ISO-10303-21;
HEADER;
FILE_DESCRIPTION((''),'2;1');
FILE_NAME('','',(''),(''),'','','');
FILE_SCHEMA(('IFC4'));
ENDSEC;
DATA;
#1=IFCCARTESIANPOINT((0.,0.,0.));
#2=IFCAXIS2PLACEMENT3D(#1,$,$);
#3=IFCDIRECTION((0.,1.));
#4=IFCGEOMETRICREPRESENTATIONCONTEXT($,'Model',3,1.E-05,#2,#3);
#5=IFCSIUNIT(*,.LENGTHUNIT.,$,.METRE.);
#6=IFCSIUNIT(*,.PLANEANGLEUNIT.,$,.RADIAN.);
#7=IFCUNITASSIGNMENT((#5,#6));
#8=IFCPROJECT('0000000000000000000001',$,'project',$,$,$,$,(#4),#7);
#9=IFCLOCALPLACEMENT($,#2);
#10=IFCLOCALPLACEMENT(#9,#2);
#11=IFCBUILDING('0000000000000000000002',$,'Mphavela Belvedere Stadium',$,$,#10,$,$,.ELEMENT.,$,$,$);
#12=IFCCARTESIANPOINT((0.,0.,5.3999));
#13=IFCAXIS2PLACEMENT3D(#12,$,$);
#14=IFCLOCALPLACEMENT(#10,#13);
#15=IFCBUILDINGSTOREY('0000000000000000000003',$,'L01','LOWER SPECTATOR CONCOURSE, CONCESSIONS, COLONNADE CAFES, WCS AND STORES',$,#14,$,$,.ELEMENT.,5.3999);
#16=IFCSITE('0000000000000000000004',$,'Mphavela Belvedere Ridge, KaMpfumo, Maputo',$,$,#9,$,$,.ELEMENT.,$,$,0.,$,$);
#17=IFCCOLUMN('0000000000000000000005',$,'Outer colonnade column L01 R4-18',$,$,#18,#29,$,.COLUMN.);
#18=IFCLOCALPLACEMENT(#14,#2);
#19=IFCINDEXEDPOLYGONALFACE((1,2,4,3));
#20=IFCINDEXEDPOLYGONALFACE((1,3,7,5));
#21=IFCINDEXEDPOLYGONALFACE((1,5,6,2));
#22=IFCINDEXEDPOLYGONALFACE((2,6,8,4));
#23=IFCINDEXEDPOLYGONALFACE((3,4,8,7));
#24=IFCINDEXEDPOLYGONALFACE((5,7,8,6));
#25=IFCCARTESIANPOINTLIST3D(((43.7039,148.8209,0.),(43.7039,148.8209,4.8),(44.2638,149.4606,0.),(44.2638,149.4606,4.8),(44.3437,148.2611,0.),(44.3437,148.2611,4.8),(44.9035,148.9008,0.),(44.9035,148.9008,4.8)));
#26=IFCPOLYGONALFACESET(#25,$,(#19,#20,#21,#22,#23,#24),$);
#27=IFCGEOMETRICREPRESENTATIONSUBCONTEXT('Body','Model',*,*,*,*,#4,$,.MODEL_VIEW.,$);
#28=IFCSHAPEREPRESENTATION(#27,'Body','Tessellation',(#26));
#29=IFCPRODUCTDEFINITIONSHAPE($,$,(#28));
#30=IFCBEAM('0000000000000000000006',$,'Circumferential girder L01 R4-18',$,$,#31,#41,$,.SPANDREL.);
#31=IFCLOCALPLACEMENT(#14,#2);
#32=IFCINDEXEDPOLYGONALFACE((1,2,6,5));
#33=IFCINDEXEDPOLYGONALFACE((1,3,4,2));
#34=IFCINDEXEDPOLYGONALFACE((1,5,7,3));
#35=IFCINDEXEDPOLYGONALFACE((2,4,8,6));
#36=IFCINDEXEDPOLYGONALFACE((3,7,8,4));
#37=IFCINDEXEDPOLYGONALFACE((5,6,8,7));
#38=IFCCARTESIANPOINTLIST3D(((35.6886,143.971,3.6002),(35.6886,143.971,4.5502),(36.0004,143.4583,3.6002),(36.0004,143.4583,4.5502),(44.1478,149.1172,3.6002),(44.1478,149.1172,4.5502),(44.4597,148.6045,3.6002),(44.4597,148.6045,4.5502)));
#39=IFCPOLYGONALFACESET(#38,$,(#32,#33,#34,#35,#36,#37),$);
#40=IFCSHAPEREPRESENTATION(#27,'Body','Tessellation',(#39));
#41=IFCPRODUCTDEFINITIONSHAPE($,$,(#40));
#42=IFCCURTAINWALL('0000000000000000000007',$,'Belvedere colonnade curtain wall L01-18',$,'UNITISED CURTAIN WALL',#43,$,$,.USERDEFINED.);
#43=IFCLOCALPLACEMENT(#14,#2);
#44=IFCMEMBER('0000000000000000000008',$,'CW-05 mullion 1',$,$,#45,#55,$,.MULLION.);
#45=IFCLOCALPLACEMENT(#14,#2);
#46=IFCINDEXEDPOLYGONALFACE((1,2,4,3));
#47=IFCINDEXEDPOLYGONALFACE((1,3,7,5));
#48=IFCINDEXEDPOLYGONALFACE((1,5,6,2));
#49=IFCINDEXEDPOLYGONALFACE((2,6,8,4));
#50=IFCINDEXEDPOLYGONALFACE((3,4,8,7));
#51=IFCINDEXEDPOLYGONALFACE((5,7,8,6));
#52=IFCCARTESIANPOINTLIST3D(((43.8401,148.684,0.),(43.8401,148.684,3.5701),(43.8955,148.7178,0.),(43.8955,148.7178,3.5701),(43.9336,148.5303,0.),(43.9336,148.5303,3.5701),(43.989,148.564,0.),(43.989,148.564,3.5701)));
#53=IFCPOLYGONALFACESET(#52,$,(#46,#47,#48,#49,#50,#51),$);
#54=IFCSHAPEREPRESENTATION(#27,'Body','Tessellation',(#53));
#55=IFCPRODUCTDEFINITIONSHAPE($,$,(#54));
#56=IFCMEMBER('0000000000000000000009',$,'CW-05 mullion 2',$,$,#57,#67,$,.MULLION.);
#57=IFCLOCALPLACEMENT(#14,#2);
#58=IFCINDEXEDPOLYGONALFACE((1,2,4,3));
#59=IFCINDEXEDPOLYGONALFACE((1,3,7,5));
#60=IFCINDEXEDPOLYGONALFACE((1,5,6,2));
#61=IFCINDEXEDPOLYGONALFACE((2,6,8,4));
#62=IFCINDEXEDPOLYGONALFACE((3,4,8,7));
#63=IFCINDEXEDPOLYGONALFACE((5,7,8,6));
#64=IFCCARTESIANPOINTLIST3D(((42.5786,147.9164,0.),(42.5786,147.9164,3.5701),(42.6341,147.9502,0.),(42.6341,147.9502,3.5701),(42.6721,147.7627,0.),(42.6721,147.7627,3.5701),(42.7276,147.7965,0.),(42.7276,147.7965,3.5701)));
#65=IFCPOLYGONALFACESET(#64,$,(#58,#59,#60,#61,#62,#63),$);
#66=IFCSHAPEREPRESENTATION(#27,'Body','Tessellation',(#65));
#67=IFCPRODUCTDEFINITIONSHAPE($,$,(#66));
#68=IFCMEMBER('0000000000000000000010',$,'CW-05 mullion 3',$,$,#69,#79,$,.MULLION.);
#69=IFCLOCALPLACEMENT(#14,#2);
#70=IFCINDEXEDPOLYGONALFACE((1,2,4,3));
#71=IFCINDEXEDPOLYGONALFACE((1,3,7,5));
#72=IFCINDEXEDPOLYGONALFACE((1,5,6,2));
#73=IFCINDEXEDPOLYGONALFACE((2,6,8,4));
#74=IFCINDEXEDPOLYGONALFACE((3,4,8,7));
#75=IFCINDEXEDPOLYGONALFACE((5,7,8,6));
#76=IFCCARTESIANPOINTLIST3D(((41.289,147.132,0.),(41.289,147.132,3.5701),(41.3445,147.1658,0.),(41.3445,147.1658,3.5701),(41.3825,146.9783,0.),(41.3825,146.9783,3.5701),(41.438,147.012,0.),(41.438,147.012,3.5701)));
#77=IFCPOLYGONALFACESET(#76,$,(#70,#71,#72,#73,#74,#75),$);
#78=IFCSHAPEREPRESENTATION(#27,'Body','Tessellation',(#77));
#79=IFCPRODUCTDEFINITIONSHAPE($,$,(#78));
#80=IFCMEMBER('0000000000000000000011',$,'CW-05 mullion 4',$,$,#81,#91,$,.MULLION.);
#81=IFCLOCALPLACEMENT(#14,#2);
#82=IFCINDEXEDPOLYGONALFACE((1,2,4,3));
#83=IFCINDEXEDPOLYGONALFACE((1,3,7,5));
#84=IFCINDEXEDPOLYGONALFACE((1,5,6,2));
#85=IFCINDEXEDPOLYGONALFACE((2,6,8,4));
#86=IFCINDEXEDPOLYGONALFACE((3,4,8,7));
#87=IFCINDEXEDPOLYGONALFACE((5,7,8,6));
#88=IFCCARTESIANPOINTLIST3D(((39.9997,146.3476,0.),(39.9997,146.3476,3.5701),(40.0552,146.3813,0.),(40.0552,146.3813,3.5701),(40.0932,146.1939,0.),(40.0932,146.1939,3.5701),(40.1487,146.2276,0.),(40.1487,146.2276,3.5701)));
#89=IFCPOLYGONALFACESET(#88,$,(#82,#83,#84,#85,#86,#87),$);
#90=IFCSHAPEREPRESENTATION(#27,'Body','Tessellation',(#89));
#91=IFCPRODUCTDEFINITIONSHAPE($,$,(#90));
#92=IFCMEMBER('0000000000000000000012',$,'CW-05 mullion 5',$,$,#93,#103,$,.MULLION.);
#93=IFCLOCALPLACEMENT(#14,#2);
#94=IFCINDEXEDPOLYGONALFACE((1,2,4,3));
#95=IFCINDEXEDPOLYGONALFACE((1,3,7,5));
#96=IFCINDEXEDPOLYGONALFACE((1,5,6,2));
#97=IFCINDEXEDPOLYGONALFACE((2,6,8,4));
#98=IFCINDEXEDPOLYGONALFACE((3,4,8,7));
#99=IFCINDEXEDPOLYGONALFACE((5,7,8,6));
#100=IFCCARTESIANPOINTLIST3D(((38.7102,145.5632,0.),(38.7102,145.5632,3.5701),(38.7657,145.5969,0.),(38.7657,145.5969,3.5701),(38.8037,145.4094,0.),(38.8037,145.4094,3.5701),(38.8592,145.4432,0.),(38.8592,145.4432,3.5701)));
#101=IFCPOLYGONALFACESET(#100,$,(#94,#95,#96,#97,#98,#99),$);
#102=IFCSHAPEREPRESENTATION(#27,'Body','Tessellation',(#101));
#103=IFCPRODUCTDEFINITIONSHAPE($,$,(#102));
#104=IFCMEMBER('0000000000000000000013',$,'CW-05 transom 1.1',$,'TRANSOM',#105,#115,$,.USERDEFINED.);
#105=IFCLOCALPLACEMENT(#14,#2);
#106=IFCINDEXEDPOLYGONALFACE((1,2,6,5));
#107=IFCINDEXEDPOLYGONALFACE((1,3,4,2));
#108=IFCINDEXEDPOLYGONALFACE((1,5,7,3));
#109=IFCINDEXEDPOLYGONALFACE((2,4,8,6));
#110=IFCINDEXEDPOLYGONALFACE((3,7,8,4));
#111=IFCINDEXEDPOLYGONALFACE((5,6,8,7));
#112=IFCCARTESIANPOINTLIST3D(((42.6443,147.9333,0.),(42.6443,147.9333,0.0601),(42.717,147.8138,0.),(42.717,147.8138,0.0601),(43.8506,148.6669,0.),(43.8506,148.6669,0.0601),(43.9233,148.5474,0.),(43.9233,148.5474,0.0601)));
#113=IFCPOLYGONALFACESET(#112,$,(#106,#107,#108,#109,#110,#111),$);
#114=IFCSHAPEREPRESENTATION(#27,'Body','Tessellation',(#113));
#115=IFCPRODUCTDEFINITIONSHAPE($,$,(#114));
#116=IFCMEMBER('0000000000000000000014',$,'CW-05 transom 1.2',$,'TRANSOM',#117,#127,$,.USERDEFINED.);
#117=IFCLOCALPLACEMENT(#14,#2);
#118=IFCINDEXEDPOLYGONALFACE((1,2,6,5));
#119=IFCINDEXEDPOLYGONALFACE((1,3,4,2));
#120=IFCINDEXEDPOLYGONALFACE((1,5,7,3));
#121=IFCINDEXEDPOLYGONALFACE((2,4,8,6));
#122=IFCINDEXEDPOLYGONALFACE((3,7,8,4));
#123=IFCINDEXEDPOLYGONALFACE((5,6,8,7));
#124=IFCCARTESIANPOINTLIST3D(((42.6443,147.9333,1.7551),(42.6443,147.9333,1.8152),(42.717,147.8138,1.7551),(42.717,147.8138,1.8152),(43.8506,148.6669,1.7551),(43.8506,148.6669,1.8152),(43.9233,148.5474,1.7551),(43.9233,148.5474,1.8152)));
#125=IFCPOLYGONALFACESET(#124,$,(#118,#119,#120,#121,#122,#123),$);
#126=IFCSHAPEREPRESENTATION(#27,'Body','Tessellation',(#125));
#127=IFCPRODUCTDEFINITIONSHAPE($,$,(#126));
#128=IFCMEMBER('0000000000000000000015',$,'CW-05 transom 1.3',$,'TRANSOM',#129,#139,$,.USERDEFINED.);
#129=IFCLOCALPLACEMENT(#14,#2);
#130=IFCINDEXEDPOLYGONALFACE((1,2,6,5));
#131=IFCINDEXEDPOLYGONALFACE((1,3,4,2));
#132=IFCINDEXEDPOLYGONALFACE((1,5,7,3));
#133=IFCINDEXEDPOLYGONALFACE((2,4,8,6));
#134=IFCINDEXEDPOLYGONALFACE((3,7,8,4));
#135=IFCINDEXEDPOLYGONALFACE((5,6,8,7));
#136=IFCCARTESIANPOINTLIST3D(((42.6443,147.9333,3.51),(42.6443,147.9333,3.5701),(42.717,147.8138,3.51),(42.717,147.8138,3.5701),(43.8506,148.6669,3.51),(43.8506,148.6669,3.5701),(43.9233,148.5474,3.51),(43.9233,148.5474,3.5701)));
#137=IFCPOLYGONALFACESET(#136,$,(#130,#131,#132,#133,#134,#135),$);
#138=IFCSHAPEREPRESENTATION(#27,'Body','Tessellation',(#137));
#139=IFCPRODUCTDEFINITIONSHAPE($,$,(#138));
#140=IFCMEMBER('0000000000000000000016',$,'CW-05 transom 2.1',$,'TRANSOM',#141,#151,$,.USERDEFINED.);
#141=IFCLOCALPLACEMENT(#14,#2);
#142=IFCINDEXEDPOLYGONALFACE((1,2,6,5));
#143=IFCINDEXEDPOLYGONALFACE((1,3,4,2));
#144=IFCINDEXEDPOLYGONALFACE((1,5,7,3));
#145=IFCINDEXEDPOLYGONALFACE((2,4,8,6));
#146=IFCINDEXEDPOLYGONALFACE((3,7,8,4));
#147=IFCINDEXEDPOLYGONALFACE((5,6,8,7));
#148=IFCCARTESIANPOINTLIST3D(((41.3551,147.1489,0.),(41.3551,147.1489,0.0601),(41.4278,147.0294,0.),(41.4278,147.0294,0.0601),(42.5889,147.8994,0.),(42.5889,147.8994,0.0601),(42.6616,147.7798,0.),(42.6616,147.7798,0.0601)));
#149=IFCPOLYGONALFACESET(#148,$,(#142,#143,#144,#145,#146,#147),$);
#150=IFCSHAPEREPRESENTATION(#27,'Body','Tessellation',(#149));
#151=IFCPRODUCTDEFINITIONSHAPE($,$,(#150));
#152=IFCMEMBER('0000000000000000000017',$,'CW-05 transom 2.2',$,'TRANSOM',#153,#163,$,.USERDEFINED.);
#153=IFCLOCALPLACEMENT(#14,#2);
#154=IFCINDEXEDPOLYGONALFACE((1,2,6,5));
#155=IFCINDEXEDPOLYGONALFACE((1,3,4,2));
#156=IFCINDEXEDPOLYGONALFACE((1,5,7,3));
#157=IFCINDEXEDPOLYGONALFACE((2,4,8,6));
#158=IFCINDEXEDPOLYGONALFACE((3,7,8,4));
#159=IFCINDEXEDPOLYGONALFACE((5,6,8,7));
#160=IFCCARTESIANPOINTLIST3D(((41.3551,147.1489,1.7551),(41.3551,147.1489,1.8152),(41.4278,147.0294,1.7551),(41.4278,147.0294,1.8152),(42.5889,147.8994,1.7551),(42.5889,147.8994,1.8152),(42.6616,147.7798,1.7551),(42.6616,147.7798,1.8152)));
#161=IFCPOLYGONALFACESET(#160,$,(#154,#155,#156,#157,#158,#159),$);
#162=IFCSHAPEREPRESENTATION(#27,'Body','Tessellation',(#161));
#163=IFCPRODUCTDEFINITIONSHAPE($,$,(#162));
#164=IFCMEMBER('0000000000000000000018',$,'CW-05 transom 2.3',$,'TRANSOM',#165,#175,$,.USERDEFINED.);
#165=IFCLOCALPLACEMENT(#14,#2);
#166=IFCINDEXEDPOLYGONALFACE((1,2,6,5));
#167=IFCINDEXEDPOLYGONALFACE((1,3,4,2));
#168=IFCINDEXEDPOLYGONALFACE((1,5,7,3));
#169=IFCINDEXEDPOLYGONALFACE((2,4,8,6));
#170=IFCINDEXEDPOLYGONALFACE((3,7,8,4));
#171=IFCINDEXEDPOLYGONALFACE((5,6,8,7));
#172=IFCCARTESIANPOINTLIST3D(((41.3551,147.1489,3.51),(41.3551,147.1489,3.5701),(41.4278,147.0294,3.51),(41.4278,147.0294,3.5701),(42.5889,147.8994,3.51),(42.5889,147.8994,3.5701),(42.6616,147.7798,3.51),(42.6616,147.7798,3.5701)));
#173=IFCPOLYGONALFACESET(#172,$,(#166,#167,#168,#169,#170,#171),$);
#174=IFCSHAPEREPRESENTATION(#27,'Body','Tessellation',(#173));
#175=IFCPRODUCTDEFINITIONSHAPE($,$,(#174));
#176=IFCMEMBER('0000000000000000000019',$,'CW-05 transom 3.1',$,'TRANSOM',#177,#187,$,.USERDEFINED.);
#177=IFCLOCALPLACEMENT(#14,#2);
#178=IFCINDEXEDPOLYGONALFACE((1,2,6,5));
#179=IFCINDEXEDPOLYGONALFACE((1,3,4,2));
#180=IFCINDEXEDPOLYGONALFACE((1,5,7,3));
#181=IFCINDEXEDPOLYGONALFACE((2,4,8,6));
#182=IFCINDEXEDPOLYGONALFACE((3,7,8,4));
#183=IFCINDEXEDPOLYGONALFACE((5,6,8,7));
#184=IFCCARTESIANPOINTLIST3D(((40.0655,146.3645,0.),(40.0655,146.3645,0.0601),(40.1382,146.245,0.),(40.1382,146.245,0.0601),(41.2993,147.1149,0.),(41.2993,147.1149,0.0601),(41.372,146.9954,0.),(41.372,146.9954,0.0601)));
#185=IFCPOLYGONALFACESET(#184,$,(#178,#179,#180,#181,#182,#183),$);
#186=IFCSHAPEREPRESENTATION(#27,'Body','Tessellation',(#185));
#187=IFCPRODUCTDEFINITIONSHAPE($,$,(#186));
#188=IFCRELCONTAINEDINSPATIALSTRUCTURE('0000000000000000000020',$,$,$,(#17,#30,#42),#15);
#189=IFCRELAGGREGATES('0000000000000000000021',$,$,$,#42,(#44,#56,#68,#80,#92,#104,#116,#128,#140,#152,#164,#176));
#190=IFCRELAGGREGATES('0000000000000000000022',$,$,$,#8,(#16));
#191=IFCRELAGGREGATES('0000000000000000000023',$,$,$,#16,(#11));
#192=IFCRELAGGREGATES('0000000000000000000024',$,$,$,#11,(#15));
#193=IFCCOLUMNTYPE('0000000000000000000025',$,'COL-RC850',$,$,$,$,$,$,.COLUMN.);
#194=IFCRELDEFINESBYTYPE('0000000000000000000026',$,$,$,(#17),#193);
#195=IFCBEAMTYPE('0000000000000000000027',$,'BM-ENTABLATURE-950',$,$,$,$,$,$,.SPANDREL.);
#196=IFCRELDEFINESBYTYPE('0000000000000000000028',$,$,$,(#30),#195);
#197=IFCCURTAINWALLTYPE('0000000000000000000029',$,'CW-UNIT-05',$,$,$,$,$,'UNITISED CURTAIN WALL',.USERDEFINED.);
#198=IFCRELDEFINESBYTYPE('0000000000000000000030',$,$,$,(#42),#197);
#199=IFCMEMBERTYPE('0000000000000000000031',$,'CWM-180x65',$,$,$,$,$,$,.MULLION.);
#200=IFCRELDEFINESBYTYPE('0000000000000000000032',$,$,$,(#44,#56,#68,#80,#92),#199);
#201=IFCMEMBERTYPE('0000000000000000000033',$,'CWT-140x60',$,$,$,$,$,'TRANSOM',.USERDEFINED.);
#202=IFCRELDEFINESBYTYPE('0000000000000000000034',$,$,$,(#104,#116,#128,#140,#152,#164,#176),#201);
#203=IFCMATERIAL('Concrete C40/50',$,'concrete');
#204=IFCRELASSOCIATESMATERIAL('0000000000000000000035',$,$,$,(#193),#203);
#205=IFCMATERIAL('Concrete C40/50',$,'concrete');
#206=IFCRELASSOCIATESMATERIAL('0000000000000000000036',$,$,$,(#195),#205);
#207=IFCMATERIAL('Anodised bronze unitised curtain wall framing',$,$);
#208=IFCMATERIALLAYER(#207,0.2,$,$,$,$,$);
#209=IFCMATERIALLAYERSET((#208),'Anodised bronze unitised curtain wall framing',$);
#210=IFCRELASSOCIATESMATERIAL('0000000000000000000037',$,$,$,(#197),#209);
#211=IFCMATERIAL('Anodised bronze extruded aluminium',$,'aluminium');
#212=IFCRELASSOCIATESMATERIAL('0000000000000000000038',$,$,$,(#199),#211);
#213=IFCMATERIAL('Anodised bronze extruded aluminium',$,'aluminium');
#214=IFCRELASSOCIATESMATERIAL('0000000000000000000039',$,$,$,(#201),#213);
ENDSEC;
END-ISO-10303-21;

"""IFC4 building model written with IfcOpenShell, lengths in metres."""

from ifc_helpers import new_model, si_unit, direction, frame, origin, origin_2d, place, context, subcontext, project, spatial, rectangle, extrude, material, layer, layer_set, material_profile, profile_set, type_object, element, aggregate, save


model = new_model("IFC4")

# Units and contexts
model_context = context("Model", 3, precision=1e-05, world=origin(), true_north=direction((0.0, 1.0)))
body_context = subcontext(model_context, "Body", "Model", "MODEL_VIEW")
ifc_project = project(units=[si_unit("LENGTHUNIT", "METRE"), si_unit("PLANEANGLEUNIT", "RADIAN")], contexts=[model_context])

# Site, building, storey
site_placement = place(None, origin())
site = spatial("IfcSite", under=ifc_project, at=site_placement, Name="Mphavela Belvedere Ridge, KaMpfumo, Maputo", CompositionType="ELEMENT", RefElevation=0.0)
building_placement = place(site_placement, origin())
building = spatial("IfcBuilding", under=site, at=building_placement, Name="Mphavela Belvedere Stadium", CompositionType="ELEMENT")
storey_placement = place(building_placement, frame((0.0, 0.0, 5.3999)))
storey = spatial("IfcBuildingStorey", under=building, at=storey_placement, Name="L01", Description="LOWER SPECTATOR CONCOURSE, CONCESSIONS, COLONNADE CAFES, WCS AND STORES", CompositionType="ELEMENT", Elevation=5.3999)

# Column
ifc_material_1 = material(Name="Concrete C40/50", Category="concrete")
ifc_material_profile_1 = material_profile(ifc_material_1, rectangle(XDim=0.8501, YDim=0.8501, at=origin_2d()), Name="RC 850x850")
ifc_profile_set_1 = profile_set([ifc_material_profile_1], Name="Concrete C40/50")
column_type = type_object("IfcColumnType", Name="COL-RC850", PredefinedType="COLUMN", material=ifc_profile_set_1)
column_placement = place(storey_placement, frame((44.3037, 148.8608, 0.0), z_axis=(0.0, 0.0, 1.0), x_axis=(-0.75253, 0.658558, 0.0)))
element("IfcColumn", 1, at=column_placement, inside=storey, type_object=column_type, Name="Outer colonnade column L01 R4-18", PredefinedType="COLUMN", context=body_context, shape_type="SweptSolid", body=[
    extrude(rectangle(XDim=0.8501, YDim=0.8501, at=origin_2d()), origin(), (0.0, 0.0, 1.0), 4.8),
])

# Beam
ifc_material_2 = material(Name="Concrete C40/50", Category="concrete")
ifc_material_profile_2 = material_profile(ifc_material_2, rectangle(XDim=0.6001, YDim=0.95, at=origin_2d()), Name="RC 600x950")
ifc_profile_set_2 = profile_set([ifc_material_profile_2], Name="Concrete C40/50")
beam_type = type_object("IfcBeamType", Name="BM-ENTABLATURE-950", PredefinedType="SPANDREL", material=ifc_profile_set_2)
beam_placement = place(storey_placement, frame((44.3037, 148.8608, 4.0752), z_axis=(-0.854327, -0.519737, 0.0), x_axis=(0.519737, -0.854327, 0.0)))
element("IfcBeam", 2, at=beam_placement, inside=storey, type_object=beam_type, Name="Circumferential girder L01 R4-18", PredefinedType="SPANDREL", context=body_context, shape_type="SweptSolid", body=[
    extrude(rectangle(XDim=0.6001, YDim=0.95, at=origin_2d()), origin(), (0.0, 0.0, 1.0), 9.9016),
])

# Curtain wall, members
ifc_material_3 = material(Name="Anodised bronze unitised curtain wall framing")
ifc_layer_1 = layer(ifc_material_3, 0.2)
ifc_layer_set_1 = layer_set([ifc_layer_1], Name="Anodised bronze unitised curtain wall framing")
curtain_wall_type = type_object("IfcCurtainWallType", Name="CW-UNIT-05", ElementType="UNITISED CURTAIN WALL", PredefinedType="USERDEFINED", material=ifc_layer_set_1)
curtain_wall_placement = place(storey_placement, origin())
curtain_wall = element("IfcCurtainWall", 3, at=curtain_wall_placement, inside=storey, type_object=curtain_wall_type, Name="Belvedere colonnade curtain wall L01-18", ObjectType="UNITISED CURTAIN WALL", PredefinedType="USERDEFINED")
ifc_material_4 = material(Name="Anodised bronze extruded aluminium", Category="aluminium")
ifc_material_profile_3 = material_profile(ifc_material_4, rectangle(XDim=0.1799, YDim=0.0649, at=origin_2d()), Name="CW-MUL 180x65")
ifc_profile_set_3 = profile_set([ifc_material_profile_3], Name="Anodised bronze extruded aluminium")
member_type_1 = type_object("IfcMemberType", Name="CWM-180x65", PredefinedType="MULLION", material=ifc_profile_set_3)
member_1_placement = place(storey_placement, frame((43.9146, 148.624, 0.0), z_axis=(0.0, 0.0, 1.0), x_axis=(0.519735, -0.854328, 0.0)))
member_1 = element("IfcMember", 4, at=member_1_placement, type_object=member_type_1, Name="CW-05 mullion 1", PredefinedType="MULLION", context=body_context, shape_type="SweptSolid", body=[
    extrude(rectangle(XDim=0.1799, YDim=0.0649, at=origin_2d()), origin(), (0.0, 0.0, 1.0), 3.5701),
])
member_2_placement = place(storey_placement, frame((42.6531, 147.8564, 0.0), z_axis=(0.0, 0.0, 1.0), x_axis=(0.519735, -0.854328, 0.0)))
member_2 = element("IfcMember", 5, at=member_2_placement, type_object=member_type_1, Name="CW-05 mullion 2", PredefinedType="MULLION", context=body_context, shape_type="SweptSolid", body=[
    extrude(rectangle(XDim=0.1799, YDim=0.0649, at=origin_2d()), origin(), (0.0, 0.0, 1.0), 3.5701),
])
member_3_placement = place(storey_placement, frame((41.3635, 147.072, 0.0), z_axis=(0.0, 0.0, 1.0), x_axis=(0.519735, -0.854328, 0.0)))
member_3 = element("IfcMember", 6, at=member_3_placement, type_object=member_type_1, Name="CW-05 mullion 3", PredefinedType="MULLION", context=body_context, shape_type="SweptSolid", body=[
    extrude(rectangle(XDim=0.1799, YDim=0.0649, at=origin_2d()), origin(), (0.0, 0.0, 1.0), 3.5701),
])
member_4_placement = place(storey_placement, frame((40.0742, 146.2876, 0.0), z_axis=(0.0, 0.0, 1.0), x_axis=(0.519735, -0.854328, 0.0)))
member_4 = element("IfcMember", 7, at=member_4_placement, type_object=member_type_1, Name="CW-05 mullion 4", PredefinedType="MULLION", context=body_context, shape_type="SweptSolid", body=[
    extrude(rectangle(XDim=0.1799, YDim=0.0649, at=origin_2d()), origin(), (0.0, 0.0, 1.0), 3.5701),
])
member_5_placement = place(storey_placement, frame((38.7847, 145.5032, 0.0), z_axis=(0.0, 0.0, 1.0), x_axis=(0.519735, -0.854328, 0.0)))
member_5 = element("IfcMember", 8, at=member_5_placement, type_object=member_type_1, Name="CW-05 mullion 5", PredefinedType="MULLION", context=body_context, shape_type="SweptSolid", body=[
    extrude(rectangle(XDim=0.1799, YDim=0.0649, at=origin_2d()), origin(), (0.0, 0.0, 1.0), 3.5701),
])
ifc_material_5 = material(Name="Anodised bronze extruded aluminium", Category="aluminium")
ifc_material_profile_4 = material_profile(ifc_material_5, rectangle(XDim=0.1399, YDim=0.0601, at=origin_2d()), Name="CW-TRN 140x60")
ifc_profile_set_4 = profile_set([ifc_material_profile_4], Name="Anodised bronze extruded aluminium")
member_type_2 = type_object("IfcMemberType", Name="CWT-140x60", ElementType="TRANSOM", PredefinedType="USERDEFINED", material=ifc_profile_set_4)
member_6_placement = place(storey_placement, frame((43.887, 148.6072, 0.03), z_axis=(-0.854396, -0.519623, 0.0), x_axis=(0.519623, -0.854396, 0.0)))
member_6 = element("IfcMember", 9, at=member_6_placement, type_object=member_type_2, Name="CW-05 transom 1.1", ObjectType="TRANSOM", PredefinedType="USERDEFINED", context=body_context, shape_type="SweptSolid", body=[
    extrude(rectangle(XDim=0.1399, YDim=0.0601, at=origin_2d()), origin(), (0.0, 0.0, 1.0), 1.4119),
])
member_7_placement = place(storey_placement, frame((43.887, 148.6072, 1.7852), z_axis=(-0.854396, -0.519623, 0.0), x_axis=(0.519623, -0.854396, 0.0)))
member_7 = element("IfcMember", 10, at=member_7_placement, type_object=member_type_2, Name="CW-05 transom 1.2", ObjectType="TRANSOM", PredefinedType="USERDEFINED", context=body_context, shape_type="SweptSolid", body=[
    extrude(rectangle(XDim=0.1399, YDim=0.0601, at=origin_2d()), origin(), (0.0, 0.0, 1.0), 1.4119),
])
member_8_placement = place(storey_placement, frame((43.887, 148.6072, 3.54), z_axis=(-0.854396, -0.519623, 0.0), x_axis=(0.519623, -0.854396, 0.0)))
member_8 = element("IfcMember", 11, at=member_8_placement, type_object=member_type_2, Name="CW-05 transom 1.3", ObjectType="TRANSOM", PredefinedType="USERDEFINED", context=body_context, shape_type="SweptSolid", body=[
    extrude(rectangle(XDim=0.1399, YDim=0.0601, at=origin_2d()), origin(), (0.0, 0.0, 1.0), 1.4119),
])
member_9_placement = place(storey_placement, frame((42.6252, 147.8396, 0.03), z_axis=(-0.854375, -0.519657, 0.0), x_axis=(0.519657, -0.854375, 0.0)))
member_9 = element("IfcMember", 12, at=member_9_placement, type_object=member_type_2, Name="CW-05 transom 2.1", ObjectType="TRANSOM", PredefinedType="USERDEFINED", context=body_context, shape_type="SweptSolid", body=[
    extrude(rectangle(XDim=0.1399, YDim=0.0601, at=origin_2d()), origin(), (0.0, 0.0, 1.0), 1.4441),
])
member_10_placement = place(storey_placement, frame((42.6252, 147.8396, 1.7852), z_axis=(-0.854375, -0.519657, 0.0), x_axis=(0.519657, -0.854375, 0.0)))
member_10 = element("IfcMember", 13, at=member_10_placement, type_object=member_type_2, Name="CW-05 transom 2.2", ObjectType="TRANSOM", PredefinedType="USERDEFINED", context=body_context, shape_type="SweptSolid", body=[
    extrude(rectangle(XDim=0.1399, YDim=0.0601, at=origin_2d()), origin(), (0.0, 0.0, 1.0), 1.4441),
])
member_11_placement = place(storey_placement, frame((42.6252, 147.8396, 3.54), z_axis=(-0.854375, -0.519657, 0.0), x_axis=(0.519657, -0.854375, 0.0)))
member_11 = element("IfcMember", 14, at=member_11_placement, type_object=member_type_2, Name="CW-05 transom 2.3", ObjectType="TRANSOM", PredefinedType="USERDEFINED", context=body_context, shape_type="SweptSolid", body=[
    extrude(rectangle(XDim=0.1399, YDim=0.0601, at=origin_2d()), origin(), (0.0, 0.0, 1.0), 1.4441),
])
member_12_placement = place(storey_placement, frame((41.3357, 147.0552, 0.03), z_axis=(-0.854375, -0.519657, 0.0), x_axis=(0.519657, -0.854375, 0.0)))
member_12 = element("IfcMember", 15, at=member_12_placement, type_object=member_type_2, Name="CW-05 transom 3.1", ObjectType="TRANSOM", PredefinedType="USERDEFINED", context=body_context, shape_type="SweptSolid", body=[
    extrude(rectangle(XDim=0.1399, YDim=0.0601, at=origin_2d()), origin(), (0.0, 0.0, 1.0), 1.4441),
])
aggregate(curtain_wall, [member_1, member_2, member_3, member_4, member_5, member_6, member_7, member_8, member_9, member_10, member_11, member_12])

save(model, "model.ifc")
